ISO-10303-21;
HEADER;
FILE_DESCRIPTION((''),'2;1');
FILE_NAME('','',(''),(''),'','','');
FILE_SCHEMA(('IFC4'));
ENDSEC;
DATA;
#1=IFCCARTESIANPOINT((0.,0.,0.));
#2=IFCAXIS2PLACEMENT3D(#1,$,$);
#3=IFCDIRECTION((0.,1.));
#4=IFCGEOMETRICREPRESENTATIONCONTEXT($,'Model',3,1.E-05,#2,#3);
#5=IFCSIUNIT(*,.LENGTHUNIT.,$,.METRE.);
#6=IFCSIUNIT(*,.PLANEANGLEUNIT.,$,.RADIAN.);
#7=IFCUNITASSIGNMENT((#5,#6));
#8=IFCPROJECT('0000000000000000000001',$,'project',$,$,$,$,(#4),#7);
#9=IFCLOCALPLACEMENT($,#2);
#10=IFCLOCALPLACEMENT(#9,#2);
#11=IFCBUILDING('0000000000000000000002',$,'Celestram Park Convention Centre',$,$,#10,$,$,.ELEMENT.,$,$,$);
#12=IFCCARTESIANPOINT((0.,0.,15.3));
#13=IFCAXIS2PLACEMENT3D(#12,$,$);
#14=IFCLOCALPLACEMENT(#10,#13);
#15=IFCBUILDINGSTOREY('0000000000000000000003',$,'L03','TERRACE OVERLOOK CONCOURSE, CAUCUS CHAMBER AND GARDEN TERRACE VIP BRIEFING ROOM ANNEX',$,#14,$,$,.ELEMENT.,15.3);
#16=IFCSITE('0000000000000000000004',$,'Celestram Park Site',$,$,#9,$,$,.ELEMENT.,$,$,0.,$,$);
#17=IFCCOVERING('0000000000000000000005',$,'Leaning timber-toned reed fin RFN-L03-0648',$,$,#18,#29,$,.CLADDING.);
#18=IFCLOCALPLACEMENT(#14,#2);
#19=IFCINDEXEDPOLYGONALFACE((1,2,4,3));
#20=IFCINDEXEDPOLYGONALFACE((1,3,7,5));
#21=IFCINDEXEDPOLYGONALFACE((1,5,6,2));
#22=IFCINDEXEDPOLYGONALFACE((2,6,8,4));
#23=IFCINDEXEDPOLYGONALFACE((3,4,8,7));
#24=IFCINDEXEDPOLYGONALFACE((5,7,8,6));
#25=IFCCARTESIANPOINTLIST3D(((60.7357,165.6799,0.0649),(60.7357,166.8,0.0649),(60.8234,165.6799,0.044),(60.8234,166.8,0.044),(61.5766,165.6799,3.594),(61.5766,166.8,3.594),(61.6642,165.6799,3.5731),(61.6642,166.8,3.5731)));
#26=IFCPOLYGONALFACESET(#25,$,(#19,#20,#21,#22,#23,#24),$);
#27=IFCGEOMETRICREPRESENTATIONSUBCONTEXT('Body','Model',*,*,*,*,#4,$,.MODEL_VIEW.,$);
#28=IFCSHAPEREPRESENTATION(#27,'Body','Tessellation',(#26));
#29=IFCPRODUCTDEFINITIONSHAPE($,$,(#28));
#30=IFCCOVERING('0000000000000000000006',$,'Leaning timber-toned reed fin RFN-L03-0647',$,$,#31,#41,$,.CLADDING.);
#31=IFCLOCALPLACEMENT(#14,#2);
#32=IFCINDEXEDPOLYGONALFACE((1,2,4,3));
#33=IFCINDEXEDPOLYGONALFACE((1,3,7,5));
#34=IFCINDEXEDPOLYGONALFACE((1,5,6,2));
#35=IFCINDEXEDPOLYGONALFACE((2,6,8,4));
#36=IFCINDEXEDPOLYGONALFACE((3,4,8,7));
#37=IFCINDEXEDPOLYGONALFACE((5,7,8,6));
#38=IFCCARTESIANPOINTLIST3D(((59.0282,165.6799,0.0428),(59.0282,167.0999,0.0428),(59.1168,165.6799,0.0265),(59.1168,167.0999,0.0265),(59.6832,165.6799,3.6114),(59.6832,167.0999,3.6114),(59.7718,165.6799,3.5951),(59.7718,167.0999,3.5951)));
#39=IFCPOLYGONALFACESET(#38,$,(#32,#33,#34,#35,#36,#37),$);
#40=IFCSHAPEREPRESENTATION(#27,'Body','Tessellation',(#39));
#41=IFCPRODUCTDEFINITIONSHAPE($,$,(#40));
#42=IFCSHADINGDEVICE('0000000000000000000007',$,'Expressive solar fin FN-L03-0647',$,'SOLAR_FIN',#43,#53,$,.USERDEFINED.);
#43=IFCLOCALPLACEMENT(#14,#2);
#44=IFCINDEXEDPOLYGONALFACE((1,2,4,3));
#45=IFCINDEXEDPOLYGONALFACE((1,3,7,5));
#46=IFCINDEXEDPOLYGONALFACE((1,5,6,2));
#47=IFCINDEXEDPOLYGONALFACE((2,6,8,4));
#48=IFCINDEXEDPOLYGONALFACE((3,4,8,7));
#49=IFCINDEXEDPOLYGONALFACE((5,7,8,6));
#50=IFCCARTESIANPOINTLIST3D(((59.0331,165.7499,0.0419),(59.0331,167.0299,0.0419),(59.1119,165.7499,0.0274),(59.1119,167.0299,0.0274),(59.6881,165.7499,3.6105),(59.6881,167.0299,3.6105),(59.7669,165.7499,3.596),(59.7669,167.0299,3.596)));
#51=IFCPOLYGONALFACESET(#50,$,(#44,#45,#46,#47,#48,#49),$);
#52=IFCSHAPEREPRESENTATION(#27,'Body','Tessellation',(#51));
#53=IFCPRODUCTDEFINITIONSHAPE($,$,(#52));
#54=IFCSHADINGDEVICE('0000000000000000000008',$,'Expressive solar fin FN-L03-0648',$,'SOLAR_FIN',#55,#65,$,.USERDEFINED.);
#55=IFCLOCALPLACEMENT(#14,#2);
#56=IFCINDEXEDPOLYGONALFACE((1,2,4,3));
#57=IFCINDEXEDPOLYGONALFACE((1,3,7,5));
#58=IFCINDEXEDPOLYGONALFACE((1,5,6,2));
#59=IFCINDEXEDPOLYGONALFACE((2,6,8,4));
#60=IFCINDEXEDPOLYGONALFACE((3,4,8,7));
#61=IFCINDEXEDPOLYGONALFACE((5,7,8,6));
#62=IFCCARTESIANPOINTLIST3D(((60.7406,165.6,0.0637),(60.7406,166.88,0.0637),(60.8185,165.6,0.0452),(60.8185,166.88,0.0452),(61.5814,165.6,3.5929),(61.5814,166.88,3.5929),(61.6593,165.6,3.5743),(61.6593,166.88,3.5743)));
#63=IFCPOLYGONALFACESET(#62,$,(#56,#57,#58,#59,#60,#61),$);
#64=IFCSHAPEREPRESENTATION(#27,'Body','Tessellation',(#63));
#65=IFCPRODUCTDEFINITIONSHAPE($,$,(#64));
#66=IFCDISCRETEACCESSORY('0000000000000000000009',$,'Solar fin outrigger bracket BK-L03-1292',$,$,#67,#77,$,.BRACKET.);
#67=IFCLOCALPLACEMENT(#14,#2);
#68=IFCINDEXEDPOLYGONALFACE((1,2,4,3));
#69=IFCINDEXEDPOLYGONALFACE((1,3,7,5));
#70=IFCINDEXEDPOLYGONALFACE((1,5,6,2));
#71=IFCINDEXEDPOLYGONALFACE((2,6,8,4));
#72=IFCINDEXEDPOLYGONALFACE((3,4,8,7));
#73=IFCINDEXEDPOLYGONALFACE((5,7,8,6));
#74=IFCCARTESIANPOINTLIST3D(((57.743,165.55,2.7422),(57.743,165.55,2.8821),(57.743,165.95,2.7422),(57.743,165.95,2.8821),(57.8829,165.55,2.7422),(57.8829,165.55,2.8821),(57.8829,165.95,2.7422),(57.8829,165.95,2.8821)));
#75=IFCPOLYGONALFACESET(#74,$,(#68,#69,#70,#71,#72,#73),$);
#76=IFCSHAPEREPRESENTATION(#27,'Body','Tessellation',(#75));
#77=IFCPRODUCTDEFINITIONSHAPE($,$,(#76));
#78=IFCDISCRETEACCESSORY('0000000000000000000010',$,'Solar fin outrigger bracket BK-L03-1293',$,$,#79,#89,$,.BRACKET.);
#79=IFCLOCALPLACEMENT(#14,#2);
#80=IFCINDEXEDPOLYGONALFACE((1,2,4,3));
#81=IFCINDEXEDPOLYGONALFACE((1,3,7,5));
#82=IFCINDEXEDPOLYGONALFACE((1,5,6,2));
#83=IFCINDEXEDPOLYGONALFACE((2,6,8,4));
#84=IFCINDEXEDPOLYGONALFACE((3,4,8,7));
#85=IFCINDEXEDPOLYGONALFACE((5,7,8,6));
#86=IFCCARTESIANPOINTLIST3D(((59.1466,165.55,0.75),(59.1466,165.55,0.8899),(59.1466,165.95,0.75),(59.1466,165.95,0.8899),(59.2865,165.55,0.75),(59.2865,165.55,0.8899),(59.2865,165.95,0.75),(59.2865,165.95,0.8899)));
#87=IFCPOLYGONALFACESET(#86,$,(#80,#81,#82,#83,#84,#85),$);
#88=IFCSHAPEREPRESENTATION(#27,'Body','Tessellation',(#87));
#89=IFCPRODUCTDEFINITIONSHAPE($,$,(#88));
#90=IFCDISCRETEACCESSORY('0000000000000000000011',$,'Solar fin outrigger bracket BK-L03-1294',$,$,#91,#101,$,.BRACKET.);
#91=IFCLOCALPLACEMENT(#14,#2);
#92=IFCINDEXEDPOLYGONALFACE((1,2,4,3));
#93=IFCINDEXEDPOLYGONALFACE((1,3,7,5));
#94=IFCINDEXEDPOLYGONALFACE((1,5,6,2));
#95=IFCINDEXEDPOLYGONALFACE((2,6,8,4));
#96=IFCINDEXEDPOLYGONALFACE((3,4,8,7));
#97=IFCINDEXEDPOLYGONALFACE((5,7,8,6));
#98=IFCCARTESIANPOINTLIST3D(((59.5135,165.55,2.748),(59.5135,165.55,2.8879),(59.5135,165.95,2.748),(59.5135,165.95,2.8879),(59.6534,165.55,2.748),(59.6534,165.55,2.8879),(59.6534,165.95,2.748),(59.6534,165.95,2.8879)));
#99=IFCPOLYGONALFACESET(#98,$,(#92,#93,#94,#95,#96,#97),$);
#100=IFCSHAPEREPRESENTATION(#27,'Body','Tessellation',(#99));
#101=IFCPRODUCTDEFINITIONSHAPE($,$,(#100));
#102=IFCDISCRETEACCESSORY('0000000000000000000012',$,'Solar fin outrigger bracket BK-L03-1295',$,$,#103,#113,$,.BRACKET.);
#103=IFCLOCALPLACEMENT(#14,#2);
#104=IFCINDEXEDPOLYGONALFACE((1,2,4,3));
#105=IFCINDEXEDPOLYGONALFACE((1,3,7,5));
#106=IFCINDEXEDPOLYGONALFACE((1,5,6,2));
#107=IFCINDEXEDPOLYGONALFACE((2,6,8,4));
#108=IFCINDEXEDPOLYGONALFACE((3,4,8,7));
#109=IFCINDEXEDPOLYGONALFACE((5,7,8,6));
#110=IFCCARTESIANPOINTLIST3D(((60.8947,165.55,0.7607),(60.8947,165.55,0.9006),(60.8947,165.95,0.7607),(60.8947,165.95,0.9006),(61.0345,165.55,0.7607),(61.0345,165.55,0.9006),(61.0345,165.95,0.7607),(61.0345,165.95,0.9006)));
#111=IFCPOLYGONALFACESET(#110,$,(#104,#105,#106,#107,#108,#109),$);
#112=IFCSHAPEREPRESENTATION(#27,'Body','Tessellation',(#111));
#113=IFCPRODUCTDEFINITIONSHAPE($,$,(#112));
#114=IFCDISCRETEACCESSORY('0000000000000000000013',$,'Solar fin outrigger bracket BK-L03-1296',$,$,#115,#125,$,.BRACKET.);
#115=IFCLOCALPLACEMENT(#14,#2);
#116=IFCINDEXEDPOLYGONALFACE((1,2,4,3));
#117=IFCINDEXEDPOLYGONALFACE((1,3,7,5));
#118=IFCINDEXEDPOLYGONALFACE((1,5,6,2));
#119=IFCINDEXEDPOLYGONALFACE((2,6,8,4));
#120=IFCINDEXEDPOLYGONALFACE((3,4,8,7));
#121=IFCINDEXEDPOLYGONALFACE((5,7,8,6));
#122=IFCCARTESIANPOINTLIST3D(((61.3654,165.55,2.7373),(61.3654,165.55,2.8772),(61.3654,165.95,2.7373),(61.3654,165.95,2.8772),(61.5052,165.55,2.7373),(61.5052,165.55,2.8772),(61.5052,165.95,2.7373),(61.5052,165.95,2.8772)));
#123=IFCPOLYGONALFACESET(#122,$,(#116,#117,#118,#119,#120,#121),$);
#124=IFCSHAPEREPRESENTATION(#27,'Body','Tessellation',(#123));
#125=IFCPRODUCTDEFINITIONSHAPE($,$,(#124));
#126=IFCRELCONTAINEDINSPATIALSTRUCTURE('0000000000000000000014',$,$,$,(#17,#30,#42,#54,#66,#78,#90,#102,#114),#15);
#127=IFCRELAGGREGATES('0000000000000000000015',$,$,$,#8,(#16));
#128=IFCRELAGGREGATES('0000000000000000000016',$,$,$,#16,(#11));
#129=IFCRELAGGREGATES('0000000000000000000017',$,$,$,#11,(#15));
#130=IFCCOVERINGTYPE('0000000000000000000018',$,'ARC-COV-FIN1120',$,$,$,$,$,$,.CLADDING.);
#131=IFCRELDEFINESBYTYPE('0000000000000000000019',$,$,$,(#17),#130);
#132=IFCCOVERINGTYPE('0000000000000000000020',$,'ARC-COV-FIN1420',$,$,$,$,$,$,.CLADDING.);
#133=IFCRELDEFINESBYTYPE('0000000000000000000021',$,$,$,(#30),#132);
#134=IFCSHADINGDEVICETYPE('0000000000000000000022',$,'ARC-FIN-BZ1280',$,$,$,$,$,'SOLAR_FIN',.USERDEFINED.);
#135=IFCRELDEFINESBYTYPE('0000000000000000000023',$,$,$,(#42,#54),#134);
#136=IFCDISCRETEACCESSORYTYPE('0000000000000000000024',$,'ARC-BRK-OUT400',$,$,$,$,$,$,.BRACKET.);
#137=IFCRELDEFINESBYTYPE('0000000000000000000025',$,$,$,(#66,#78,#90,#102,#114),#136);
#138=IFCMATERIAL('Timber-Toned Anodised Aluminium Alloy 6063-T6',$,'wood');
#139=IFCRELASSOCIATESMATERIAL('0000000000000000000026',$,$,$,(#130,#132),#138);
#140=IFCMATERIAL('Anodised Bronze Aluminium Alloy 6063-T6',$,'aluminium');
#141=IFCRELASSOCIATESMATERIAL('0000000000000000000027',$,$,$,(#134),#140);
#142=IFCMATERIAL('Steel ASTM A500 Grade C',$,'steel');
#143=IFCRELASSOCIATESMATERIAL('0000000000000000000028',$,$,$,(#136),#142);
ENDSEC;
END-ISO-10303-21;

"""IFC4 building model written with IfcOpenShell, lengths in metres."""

from ifc_helpers import new_model, si_unit, direction, frame, origin, origin_2d, place, context, subcontext, project, spatial, rectangle, extrude, material, material_profile, profile_set, type_object, element, save


model = new_model("IFC4")

# Units and contexts
model_context = context("Model", 3, precision=1e-05, world=origin(), true_north=direction((0.0, 1.0)))
body_context = subcontext(model_context, "Body", "Model", "MODEL_VIEW")
ifc_project = project(units=[si_unit("LENGTHUNIT", "METRE"), si_unit("PLANEANGLEUNIT", "RADIAN")], contexts=[model_context])

# Site, building, storey
site_placement = place(None, origin())
site = spatial("IfcSite", under=ifc_project, at=site_placement, Name="Celestram Park Site", CompositionType="ELEMENT", RefElevation=0.0)
building_placement = place(site_placement, origin())
building = spatial("IfcBuilding", under=site, at=building_placement, Name="Celestram Park Convention Centre", CompositionType="ELEMENT")
storey_placement = place(building_placement, frame((0.0, 0.0, 15.3)))
storey = spatial("IfcBuildingStorey", under=building, at=storey_placement, Name="L03", Description="TERRACE OVERLOOK CONCOURSE, CAUCUS CHAMBER AND GARDEN TERRACE VIP BRIEFING ROOM ANNEX", CompositionType="ELEMENT", Elevation=15.3)

# Coverings
ifc_material_1 = material(Name="Timber-Toned Anodised Aluminium Alloy 6063-T6", Category="wood")
ifc_material_profile_1 = material_profile(ifc_material_1, rectangle(XDim=1.1201, YDim=0.0901, at=origin_2d()), Name="REED1120X90")
ifc_profile_set_1 = profile_set([ifc_material_profile_1], Name="Timber-Toned Anodised Aluminium Alloy 6063-T6")
covering_type_1 = type_object("IfcCoveringType", Name="ARC-COV-FIN1120", PredefinedType="CLADDING", material=ifc_profile_set_1)
covering_1_placement = place(storey_placement, frame((60.7795, 166.24, 0.0544), z_axis=(0.231769, 0.0, 0.972771), x_axis=(0.0, 1.0, 0.0)))
element("IfcCovering", 1, at=covering_1_placement, inside=storey, type_object=covering_type_1, Name="Leaning timber-toned reed fin RFN-L03-0648", PredefinedType="CLADDING", context=body_context, shape_type="SweptSolid", body=[
    extrude(rectangle(XDim=1.1201, YDim=0.0901, at=origin_2d()), origin(), (0.0, 0.0, 1.0), 3.6279),
])
ifc_material_profile_2 = material_profile(ifc_material_1, rectangle(XDim=1.4199, YDim=0.0901, at=origin_2d()), Name="REED1420X90")
ifc_profile_set_2 = profile_set([ifc_material_profile_2], Name="Timber-Toned Anodised Aluminium Alloy 6063-T6")
covering_type_2 = type_object("IfcCoveringType", Name="ARC-COV-FIN1420", PredefinedType="CLADDING", material=ifc_profile_set_2)
covering_2_placement = place(storey_placement, frame((59.0725, 166.3899, 0.0347), z_axis=(0.180537, 0.0, 0.983568), x_axis=(0.0, 1.0, 0.0)))
element("IfcCovering", 2, at=covering_2_placement, inside=storey, type_object=covering_type_2, Name="Leaning timber-toned reed fin RFN-L03-0647", PredefinedType="CLADDING", context=body_context, shape_type="SweptSolid", body=[
    extrude(rectangle(XDim=1.4199, YDim=0.0901, at=origin_2d()), origin(), (0.0, 0.0, 1.0), 3.6282),
])

# Shading devices
ifc_material_2 = material(Name="Anodised Bronze Aluminium Alloy 6063-T6", Category="aluminium")
ifc_material_profile_3 = material_profile(ifc_material_2, rectangle(XDim=1.28, YDim=0.0801, at=origin_2d()), Name="FIN1280X80")
ifc_profile_set_3 = profile_set([ifc_material_profile_3], Name="Anodised Bronze Aluminium Alloy 6063-T6")
shading_device_type = type_object("IfcShadingDeviceType", Name="ARC-FIN-BZ1280", ElementType="SOLAR_FIN", PredefinedType="USERDEFINED", material=ifc_profile_set_3)
shading_device_1_placement = place(storey_placement, frame((59.0725, 166.3899, 0.0347), z_axis=(0.180537, 0.0, 0.983568), x_axis=(0.0, 1.0, 0.0)))
element("IfcShadingDevice", 3, at=shading_device_1_placement, inside=storey, type_object=shading_device_type, Name="Expressive solar fin FN-L03-0647", ObjectType="SOLAR_FIN", PredefinedType="USERDEFINED", context=body_context, shape_type="SweptSolid", body=[
    extrude(rectangle(XDim=1.28, YDim=0.0801, at=origin_2d()), origin(), (0.0, 0.0, 1.0), 3.6282),
])
shading_device_2_placement = place(storey_placement, frame((60.7795, 166.24, 0.0544), z_axis=(0.231769, 0.0, 0.972771), x_axis=(0.0, 1.0, 0.0)))
element("IfcShadingDevice", 4, at=shading_device_2_placement, inside=storey, type_object=shading_device_type, Name="Expressive solar fin FN-L03-0648", ObjectType="SOLAR_FIN", PredefinedType="USERDEFINED", context=body_context, shape_type="SweptSolid", body=[
    extrude(rectangle(XDim=1.28, YDim=0.0801, at=origin_2d()), origin(), (0.0, 0.0, 1.0), 3.6279),
])

# Discrete accessories
ifc_material_3 = material(Name="Steel ASTM A500 Grade C", Category="steel")
discrete_accessory_type = type_object("IfcDiscreteAccessoryType", Name="ARC-BRK-OUT400", PredefinedType="BRACKET", material=ifc_material_3)
for number, where, z_axis, x_axis, name in (
    (5, (57.813, 165.75, 2.7422), (0.0, 0.0, 1.0), (0.0, 1.0, 0.0), "Solar fin outrigger bracket BK-L03-1292"),
    (6, (59.2166, 165.75, 0.75), (0.0, 0.0, 1.0), (0.0, 1.0, 0.0), "Solar fin outrigger bracket BK-L03-1293"),
    (7, (59.5835, 165.75, 2.748), (0.0, 0.0, 1.0), (0.0, 1.0, 0.0), "Solar fin outrigger bracket BK-L03-1294"),
    (8, (60.9646, 165.75, 0.7607), (0.0, 0.0, 1.0), (0.0, 1.0, 0.0), "Solar fin outrigger bracket BK-L03-1295"),
    (9, (61.4353, 165.75, 2.7373), (0.0, 0.0, 1.0), (0.0, 1.0, 0.0), "Solar fin outrigger bracket BK-L03-1296"),
):
    element("IfcDiscreteAccessory", number, at=place(storey_placement, frame(where, z_axis=z_axis, x_axis=x_axis)), inside=storey, type_object=discrete_accessory_type, Name=name, PredefinedType="BRACKET", context=body_context, shape_type="SweptSolid", body=[
        extrude(rectangle(XDim=0.3999, YDim=0.1399, at=origin_2d()), origin(), (0.0, 0.0, 1.0), 0.1399),
    ])

save(model, "model.ifc")
